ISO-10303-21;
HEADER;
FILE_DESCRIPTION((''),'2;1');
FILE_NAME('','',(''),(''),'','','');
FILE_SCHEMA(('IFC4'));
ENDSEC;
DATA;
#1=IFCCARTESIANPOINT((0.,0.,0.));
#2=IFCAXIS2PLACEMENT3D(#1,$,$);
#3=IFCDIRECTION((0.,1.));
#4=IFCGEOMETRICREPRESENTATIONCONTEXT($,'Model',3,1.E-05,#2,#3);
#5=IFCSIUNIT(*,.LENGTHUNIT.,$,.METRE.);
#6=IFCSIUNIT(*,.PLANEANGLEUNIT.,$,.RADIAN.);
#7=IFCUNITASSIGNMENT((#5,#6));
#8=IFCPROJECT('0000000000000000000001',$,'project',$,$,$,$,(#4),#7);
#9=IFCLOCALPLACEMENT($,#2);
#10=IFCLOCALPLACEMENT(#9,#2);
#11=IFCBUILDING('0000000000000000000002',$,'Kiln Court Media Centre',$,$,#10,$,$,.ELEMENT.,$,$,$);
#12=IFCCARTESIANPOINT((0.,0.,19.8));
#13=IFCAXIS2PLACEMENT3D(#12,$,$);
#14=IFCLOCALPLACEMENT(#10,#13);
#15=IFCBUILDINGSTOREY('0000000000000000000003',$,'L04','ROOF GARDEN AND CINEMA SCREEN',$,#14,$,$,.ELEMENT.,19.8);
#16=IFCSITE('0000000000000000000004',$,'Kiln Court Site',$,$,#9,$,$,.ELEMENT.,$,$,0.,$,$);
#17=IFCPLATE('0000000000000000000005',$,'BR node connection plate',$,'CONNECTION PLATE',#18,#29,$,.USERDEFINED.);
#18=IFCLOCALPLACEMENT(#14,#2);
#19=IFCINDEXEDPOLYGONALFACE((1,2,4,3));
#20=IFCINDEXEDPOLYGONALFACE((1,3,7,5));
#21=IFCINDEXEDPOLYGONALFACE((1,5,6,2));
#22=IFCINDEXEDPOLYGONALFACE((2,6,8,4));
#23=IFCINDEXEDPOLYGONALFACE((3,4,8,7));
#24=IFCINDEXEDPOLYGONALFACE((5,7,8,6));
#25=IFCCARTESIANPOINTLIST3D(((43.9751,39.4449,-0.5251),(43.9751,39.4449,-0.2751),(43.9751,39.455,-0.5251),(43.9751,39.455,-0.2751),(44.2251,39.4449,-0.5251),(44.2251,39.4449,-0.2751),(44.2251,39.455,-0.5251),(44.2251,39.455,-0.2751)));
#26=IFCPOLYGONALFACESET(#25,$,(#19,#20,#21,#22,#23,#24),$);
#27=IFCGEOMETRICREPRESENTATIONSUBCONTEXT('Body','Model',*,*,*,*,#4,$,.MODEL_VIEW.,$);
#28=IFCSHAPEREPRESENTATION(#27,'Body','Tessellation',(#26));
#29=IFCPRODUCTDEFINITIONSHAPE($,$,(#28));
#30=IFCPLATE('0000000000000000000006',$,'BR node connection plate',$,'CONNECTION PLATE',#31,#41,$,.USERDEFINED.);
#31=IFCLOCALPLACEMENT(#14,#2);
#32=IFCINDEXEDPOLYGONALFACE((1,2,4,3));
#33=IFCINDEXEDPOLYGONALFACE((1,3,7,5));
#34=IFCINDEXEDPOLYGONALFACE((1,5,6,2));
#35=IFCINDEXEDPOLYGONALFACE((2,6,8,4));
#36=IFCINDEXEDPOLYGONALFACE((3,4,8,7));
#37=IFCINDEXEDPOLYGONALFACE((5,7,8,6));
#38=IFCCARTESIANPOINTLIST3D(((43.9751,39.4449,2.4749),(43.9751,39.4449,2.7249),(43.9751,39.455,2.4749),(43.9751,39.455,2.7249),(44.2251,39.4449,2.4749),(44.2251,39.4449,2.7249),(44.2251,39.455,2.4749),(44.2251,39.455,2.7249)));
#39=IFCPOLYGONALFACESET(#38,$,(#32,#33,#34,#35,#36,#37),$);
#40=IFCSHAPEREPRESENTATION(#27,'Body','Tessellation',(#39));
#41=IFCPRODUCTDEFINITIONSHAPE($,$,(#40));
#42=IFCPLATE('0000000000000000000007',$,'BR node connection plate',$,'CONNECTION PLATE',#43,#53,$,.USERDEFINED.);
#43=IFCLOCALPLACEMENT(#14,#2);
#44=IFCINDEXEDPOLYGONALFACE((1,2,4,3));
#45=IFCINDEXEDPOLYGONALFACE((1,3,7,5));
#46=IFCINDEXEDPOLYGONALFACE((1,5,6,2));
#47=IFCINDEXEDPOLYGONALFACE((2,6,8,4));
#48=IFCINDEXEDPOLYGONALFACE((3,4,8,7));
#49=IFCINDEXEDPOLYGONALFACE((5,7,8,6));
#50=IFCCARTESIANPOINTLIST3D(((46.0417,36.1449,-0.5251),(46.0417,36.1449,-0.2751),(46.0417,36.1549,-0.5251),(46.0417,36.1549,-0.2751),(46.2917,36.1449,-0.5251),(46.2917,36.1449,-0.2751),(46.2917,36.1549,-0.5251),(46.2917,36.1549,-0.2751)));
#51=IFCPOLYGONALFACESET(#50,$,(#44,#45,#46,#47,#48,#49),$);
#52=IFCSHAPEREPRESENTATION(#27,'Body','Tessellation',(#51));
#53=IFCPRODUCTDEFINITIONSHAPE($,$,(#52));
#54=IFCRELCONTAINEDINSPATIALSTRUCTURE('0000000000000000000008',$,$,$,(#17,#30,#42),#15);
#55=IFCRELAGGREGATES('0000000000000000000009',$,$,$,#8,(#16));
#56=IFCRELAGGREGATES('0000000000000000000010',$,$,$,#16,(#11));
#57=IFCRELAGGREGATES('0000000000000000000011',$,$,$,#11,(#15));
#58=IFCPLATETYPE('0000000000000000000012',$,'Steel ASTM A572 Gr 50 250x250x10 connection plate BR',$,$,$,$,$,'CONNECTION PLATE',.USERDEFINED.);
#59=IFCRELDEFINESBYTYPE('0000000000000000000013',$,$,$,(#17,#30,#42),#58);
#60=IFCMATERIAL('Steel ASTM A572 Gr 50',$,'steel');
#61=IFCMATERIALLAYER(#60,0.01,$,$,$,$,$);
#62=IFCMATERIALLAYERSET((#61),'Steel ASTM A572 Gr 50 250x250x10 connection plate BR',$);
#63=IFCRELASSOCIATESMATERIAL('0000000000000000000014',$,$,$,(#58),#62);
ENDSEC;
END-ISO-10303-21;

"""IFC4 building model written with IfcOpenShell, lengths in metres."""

from ifc_helpers import new_model, si_unit, direction, frame, origin, origin_2d, place, context, subcontext, project, spatial, rectangle, extrude, material, layer, layer_set, type_object, element, save


model = new_model("IFC4")

# Units and contexts
model_context = context("Model", 3, precision=1e-05, world=origin(), true_north=direction((0.0, 1.0)))
body_context = subcontext(model_context, "Body", "Model", "MODEL_VIEW")
ifc_project = project(units=[si_unit("LENGTHUNIT", "METRE"), si_unit("PLANEANGLEUNIT", "RADIAN")], contexts=[model_context])

# Site, building, storey
site_placement = place(None, origin())
site = spatial("IfcSite", under=ifc_project, at=site_placement, Name="Kiln Court Site", CompositionType="ELEMENT", RefElevation=0.0)
building_placement = place(site_placement, origin())
building = spatial("IfcBuilding", under=site, at=building_placement, Name="Kiln Court Media Centre", CompositionType="ELEMENT")
storey_placement = place(building_placement, frame((0.0, 0.0, 19.8)))
storey = spatial("IfcBuildingStorey", under=building, at=storey_placement, Name="L04", Description="ROOF GARDEN AND CINEMA SCREEN", CompositionType="ELEMENT", Elevation=19.8)

# Plates
ifc_material_1 = material(Name="Steel ASTM A572 Gr 50", Category="steel")
ifc_layer_1 = layer(ifc_material_1, 0.01)
ifc_layer_set_1 = layer_set([ifc_layer_1], Name="Steel ASTM A572 Gr 50 250x250x10 connection plate BR")
plate_type_1 = type_object("IfcPlateType", Name="Steel ASTM A572 Gr 50 250x250x10 connection plate BR", ElementType="CONNECTION PLATE", PredefinedType="USERDEFINED", material=ifc_layer_set_1)
for number, where, z_axis, x_axis, name in (
    (1, (44.1001, 39.45, -0.5251), (0.0, 0.0, 1.0), (1.0, 0.0, 0.0), "BR node connection plate"),
    (2, (44.1001, 39.45, 2.4749), (0.0, 0.0, 1.0), (1.0, 0.0, 0.0), "BR node connection plate"),
    (3, (46.1667, 36.1499, -0.5251), (0.0, 0.0, 1.0), (1.0, 0.0, 0.0), "BR node connection plate"),
):
    element("IfcPlate", number, at=place(storey_placement, frame(where, z_axis=z_axis, x_axis=x_axis)), inside=storey, type_object=plate_type_1, Name=name, ObjectType="CONNECTION PLATE", PredefinedType="USERDEFINED", context=body_context, shape_type="SweptSolid", body=[
        extrude(rectangle(XDim=0.25, YDim=0.01, at=origin_2d()), origin(), (0.0, 0.0, 1.0), 0.25),
    ])

save(model, "model.ifc")
